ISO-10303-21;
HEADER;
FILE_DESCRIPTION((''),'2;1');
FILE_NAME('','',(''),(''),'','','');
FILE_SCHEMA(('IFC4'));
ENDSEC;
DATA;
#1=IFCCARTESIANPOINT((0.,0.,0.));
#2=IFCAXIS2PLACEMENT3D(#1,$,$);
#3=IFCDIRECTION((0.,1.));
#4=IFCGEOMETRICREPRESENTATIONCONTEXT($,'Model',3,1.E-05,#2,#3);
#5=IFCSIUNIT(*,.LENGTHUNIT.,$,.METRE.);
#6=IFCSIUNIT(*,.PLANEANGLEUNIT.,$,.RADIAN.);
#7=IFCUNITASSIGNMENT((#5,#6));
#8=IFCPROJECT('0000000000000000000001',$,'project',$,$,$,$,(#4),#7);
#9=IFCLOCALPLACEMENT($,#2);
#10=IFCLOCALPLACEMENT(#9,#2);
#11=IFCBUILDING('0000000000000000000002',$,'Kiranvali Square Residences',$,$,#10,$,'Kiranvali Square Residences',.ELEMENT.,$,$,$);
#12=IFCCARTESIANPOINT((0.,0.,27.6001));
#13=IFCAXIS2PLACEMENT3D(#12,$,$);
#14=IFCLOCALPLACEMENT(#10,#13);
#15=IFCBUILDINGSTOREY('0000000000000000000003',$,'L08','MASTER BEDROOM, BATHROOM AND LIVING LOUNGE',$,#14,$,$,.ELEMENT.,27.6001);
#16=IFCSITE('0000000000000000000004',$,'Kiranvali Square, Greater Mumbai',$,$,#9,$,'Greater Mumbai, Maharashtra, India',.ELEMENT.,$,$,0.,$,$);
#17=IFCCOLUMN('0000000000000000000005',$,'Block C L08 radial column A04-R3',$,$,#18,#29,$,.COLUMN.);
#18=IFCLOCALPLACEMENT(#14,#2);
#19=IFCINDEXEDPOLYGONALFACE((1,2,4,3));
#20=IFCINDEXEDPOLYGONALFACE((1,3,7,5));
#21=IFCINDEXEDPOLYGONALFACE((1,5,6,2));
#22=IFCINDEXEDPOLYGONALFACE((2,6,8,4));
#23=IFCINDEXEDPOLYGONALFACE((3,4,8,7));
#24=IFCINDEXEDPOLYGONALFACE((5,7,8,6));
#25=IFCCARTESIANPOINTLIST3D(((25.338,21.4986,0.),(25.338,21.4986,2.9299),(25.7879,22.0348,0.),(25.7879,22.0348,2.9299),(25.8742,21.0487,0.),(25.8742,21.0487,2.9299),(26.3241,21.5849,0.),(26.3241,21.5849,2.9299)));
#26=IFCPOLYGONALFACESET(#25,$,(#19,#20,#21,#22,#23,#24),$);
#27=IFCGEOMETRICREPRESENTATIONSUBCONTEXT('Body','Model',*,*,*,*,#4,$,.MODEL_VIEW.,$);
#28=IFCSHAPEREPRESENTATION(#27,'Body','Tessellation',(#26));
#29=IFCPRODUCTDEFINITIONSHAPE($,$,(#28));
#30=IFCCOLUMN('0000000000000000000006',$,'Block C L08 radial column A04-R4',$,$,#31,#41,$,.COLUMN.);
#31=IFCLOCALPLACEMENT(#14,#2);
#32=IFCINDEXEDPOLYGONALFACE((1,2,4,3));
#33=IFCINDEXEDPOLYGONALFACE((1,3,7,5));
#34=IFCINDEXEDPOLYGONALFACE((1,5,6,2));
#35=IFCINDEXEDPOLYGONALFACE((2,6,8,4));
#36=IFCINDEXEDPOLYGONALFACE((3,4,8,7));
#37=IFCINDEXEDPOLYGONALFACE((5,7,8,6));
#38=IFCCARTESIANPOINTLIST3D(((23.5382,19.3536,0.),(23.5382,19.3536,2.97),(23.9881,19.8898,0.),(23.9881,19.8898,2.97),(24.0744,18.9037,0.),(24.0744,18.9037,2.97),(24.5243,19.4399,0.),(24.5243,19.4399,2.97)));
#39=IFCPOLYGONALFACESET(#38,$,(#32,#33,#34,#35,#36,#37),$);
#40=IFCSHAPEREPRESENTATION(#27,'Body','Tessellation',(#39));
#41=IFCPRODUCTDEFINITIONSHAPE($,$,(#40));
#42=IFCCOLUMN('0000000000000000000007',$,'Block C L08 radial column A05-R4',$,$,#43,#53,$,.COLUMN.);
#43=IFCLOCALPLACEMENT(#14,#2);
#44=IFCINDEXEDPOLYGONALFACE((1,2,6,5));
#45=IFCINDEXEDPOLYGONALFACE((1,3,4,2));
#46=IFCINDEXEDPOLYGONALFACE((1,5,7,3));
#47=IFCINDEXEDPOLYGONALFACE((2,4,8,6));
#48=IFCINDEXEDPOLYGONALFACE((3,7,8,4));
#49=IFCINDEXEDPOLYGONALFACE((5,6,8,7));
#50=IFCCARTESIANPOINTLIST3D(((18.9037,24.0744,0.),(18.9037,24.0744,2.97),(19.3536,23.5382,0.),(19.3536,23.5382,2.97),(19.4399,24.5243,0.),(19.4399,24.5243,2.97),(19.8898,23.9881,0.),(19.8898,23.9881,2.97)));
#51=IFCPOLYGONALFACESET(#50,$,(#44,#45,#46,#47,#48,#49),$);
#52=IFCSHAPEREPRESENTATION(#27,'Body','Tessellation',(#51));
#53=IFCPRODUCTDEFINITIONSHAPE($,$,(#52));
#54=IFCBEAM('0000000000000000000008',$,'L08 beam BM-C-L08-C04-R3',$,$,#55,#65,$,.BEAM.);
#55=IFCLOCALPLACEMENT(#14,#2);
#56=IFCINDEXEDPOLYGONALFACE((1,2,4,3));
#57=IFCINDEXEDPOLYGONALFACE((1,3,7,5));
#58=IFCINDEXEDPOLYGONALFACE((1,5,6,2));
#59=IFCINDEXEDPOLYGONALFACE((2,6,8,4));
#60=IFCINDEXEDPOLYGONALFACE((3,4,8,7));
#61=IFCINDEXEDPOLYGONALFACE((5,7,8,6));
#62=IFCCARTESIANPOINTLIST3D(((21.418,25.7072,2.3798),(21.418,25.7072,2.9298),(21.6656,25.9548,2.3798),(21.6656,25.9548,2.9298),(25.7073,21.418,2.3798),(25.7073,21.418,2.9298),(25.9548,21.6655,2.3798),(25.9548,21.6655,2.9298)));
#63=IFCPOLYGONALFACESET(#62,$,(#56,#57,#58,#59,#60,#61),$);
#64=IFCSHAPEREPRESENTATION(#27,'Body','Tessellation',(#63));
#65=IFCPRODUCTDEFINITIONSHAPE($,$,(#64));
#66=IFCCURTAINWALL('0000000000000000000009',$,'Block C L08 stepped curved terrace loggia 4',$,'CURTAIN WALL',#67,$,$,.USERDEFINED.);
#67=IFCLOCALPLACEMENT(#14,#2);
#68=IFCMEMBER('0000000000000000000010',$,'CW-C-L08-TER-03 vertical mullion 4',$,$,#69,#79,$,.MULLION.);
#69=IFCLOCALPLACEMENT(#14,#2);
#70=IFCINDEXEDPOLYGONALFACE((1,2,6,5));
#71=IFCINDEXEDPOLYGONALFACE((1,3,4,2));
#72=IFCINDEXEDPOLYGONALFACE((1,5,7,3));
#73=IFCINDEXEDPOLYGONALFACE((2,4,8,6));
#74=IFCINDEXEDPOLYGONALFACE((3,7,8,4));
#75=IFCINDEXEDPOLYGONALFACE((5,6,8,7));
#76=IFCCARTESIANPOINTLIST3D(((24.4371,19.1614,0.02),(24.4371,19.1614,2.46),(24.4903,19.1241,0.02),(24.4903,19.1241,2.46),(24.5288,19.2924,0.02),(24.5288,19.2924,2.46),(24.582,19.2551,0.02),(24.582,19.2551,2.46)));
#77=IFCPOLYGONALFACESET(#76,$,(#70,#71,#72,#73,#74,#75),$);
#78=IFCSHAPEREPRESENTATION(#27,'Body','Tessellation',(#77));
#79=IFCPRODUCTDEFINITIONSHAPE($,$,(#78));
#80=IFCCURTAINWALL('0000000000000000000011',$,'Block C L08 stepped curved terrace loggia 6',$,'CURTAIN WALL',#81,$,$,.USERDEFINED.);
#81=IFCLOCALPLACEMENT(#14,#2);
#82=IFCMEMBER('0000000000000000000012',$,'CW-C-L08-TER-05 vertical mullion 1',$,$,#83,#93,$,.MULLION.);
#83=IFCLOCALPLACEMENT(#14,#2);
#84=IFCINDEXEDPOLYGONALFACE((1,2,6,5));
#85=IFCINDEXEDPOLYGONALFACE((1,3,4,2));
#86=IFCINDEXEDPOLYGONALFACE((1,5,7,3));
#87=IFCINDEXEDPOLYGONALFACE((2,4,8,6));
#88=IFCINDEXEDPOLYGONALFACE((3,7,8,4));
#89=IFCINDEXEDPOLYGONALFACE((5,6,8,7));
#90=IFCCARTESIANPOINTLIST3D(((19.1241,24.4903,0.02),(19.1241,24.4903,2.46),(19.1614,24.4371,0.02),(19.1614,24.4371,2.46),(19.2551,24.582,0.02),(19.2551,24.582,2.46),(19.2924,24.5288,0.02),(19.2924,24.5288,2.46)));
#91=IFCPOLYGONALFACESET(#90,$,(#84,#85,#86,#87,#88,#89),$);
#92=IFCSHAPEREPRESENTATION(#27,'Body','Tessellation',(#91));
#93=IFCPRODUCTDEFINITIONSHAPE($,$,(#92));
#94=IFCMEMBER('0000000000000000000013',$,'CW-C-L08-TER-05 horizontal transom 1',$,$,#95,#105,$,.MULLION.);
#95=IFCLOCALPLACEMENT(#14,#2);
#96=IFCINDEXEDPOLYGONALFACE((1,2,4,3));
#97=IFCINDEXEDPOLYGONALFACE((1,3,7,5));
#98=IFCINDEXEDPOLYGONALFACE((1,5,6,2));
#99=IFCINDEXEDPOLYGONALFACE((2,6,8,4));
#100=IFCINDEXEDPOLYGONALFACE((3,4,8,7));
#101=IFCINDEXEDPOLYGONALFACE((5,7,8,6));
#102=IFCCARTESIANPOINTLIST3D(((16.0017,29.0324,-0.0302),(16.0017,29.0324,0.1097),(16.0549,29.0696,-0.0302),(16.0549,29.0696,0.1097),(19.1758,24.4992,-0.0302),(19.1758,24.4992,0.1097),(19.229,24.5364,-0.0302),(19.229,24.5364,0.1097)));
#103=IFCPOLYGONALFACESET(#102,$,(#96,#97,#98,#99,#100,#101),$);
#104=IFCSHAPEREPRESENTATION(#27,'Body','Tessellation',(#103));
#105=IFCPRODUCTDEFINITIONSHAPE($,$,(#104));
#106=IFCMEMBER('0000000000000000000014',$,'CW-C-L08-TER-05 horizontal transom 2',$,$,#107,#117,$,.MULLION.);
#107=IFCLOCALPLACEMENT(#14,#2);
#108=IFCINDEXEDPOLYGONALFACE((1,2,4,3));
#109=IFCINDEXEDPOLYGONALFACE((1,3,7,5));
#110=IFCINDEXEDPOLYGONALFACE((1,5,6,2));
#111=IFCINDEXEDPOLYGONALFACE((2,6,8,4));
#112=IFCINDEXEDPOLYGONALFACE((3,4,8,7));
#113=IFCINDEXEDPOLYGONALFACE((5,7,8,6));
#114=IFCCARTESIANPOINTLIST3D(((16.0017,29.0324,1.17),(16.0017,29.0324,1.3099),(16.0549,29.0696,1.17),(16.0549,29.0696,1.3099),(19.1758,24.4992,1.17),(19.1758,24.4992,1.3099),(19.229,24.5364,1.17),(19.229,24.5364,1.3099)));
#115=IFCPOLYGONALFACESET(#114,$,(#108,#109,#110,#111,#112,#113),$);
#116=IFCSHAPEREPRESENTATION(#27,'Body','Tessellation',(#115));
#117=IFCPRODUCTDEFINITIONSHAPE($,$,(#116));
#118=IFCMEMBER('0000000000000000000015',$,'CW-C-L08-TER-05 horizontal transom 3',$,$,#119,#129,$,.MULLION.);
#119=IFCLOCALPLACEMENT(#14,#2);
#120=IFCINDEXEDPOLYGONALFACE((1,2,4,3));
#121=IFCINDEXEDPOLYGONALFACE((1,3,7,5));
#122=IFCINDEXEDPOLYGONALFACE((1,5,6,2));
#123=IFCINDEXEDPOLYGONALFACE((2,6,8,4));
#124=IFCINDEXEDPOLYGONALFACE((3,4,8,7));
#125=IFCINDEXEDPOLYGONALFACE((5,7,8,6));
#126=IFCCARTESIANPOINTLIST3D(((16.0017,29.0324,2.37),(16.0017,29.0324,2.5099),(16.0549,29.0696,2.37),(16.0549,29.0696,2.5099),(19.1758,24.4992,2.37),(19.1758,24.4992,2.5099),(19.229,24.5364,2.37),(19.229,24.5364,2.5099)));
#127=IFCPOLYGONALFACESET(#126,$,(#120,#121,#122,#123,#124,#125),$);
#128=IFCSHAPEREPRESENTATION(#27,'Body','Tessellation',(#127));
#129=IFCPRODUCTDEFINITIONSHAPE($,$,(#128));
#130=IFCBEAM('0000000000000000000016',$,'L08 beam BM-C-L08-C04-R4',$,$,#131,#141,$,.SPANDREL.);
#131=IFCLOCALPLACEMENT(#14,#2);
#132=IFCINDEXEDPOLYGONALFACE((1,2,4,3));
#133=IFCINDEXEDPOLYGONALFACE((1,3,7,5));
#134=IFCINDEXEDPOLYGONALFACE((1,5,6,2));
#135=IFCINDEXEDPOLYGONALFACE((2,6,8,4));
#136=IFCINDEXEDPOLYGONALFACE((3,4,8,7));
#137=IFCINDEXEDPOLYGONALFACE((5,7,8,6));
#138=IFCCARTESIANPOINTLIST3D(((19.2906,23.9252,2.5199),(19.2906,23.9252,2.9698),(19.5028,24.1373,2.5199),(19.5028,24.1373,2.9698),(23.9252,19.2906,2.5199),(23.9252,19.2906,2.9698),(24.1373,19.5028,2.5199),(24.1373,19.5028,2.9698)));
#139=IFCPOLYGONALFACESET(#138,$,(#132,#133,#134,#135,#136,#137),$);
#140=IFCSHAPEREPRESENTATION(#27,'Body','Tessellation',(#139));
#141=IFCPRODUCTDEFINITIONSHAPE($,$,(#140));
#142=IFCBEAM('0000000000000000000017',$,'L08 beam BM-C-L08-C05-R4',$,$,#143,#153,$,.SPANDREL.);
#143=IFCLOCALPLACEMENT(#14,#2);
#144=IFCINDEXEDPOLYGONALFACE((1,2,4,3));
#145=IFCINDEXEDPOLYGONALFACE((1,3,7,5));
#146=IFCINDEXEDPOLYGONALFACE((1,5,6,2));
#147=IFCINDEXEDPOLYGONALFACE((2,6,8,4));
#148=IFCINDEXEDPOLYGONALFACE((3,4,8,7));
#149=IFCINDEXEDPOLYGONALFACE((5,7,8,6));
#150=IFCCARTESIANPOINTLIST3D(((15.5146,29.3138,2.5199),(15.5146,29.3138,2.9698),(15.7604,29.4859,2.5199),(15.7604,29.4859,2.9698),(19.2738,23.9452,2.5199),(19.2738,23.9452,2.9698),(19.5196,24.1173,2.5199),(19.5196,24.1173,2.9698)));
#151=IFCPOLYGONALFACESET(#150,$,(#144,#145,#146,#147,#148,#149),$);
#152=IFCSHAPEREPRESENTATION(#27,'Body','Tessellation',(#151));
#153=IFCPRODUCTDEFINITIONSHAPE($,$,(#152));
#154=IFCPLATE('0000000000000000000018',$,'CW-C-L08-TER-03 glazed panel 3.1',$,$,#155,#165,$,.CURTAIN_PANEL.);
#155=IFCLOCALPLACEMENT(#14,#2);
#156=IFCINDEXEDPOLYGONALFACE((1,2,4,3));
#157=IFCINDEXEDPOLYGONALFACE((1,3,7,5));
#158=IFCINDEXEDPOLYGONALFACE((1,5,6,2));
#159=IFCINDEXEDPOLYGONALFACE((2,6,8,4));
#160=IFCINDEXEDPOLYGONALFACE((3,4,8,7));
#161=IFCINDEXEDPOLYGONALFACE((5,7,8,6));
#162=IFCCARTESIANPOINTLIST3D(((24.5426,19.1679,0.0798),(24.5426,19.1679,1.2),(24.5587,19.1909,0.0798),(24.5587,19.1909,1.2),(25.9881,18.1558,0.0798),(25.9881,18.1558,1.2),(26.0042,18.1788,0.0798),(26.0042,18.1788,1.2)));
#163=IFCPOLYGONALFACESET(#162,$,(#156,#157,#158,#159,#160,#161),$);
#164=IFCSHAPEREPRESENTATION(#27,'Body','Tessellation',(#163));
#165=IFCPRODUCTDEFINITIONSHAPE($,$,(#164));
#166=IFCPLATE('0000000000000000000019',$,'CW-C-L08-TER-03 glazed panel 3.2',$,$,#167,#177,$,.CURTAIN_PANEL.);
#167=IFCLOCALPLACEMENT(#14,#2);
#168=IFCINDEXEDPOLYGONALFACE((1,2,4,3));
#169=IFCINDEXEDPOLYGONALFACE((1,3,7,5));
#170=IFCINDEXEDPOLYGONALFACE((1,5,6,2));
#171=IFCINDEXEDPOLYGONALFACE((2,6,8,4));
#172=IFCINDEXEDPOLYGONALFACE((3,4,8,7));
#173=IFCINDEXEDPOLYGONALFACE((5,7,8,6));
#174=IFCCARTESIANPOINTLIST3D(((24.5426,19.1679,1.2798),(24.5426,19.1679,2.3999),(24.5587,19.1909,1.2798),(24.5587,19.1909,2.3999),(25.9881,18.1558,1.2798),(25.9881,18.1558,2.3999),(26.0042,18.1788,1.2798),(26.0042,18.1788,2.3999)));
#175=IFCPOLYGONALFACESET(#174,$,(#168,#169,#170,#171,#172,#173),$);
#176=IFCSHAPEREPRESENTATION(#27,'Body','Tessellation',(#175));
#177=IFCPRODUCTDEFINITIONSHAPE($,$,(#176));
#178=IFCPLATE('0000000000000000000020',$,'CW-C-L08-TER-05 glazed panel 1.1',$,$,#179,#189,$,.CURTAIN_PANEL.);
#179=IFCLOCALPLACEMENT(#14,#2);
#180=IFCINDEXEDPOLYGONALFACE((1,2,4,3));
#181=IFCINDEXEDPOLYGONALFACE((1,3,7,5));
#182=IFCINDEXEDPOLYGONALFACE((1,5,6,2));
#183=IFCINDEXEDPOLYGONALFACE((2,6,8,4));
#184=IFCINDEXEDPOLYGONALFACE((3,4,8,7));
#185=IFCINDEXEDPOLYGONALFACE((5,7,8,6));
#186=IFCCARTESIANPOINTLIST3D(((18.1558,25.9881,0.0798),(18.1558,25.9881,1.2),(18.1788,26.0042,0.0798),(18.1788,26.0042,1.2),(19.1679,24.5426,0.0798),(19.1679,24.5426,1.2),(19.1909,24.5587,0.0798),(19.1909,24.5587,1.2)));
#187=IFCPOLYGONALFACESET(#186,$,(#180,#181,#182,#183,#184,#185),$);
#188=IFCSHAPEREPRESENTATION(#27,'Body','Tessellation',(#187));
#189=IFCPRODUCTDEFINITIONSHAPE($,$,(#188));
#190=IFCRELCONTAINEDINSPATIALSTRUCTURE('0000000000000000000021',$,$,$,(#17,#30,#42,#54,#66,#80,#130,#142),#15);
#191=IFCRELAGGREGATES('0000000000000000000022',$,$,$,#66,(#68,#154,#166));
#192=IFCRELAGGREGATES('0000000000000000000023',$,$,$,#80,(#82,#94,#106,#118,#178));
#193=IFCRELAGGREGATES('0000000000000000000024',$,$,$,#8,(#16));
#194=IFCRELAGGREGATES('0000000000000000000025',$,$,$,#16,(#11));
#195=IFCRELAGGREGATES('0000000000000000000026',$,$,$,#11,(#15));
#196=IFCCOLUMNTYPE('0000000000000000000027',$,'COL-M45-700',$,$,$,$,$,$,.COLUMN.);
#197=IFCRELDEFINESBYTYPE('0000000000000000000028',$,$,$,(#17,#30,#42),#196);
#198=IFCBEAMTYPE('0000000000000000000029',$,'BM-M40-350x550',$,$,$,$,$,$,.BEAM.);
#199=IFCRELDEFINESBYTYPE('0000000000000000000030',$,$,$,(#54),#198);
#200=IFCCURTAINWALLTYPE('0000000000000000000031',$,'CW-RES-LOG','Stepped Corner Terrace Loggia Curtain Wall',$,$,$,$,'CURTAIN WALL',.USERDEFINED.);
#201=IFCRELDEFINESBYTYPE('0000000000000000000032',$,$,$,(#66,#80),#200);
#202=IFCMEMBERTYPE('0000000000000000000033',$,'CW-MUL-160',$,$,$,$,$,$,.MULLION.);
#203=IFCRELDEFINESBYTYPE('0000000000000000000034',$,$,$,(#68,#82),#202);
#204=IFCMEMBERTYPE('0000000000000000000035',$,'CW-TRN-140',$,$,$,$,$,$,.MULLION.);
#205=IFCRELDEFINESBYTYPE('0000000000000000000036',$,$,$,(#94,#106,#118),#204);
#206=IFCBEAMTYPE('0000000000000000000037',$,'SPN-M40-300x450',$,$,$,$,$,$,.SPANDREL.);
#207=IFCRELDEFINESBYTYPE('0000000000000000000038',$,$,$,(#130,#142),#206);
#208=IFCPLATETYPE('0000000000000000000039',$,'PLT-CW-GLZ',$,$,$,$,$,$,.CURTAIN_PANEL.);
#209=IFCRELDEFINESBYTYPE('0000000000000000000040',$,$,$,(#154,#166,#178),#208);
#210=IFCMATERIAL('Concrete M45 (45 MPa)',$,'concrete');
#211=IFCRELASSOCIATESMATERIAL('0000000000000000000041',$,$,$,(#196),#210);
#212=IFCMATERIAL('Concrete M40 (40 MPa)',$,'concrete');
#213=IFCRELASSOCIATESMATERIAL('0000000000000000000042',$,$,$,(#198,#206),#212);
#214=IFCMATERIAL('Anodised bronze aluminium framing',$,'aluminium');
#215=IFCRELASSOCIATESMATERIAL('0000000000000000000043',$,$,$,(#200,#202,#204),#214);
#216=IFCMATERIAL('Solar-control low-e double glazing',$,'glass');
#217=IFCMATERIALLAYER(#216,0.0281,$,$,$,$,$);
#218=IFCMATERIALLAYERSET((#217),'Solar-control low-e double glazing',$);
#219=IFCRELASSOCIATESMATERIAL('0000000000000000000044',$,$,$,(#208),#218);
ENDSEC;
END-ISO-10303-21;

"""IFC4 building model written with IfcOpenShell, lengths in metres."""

from ifc_helpers import new_model, si_unit, direction, frame, origin, origin_2d, place, context, subcontext, project, spatial, rectangle, extrude, material, layer, layer_set, material_profile, profile_set, type_object, element, aggregate, save


model = new_model("IFC4")

# Units and contexts
model_context = context("Model", 3, precision=1e-05, world=origin(), true_north=direction((0.0, 1.0)))
body_context = subcontext(model_context, "Body", "Model", "MODEL_VIEW")
ifc_project = project(units=[si_unit("LENGTHUNIT", "METRE"), si_unit("PLANEANGLEUNIT", "RADIAN")], contexts=[model_context])

# Site, building, storey
site_placement = place(None, origin())
site = spatial("IfcSite", under=ifc_project, at=site_placement, Name="Kiranvali Square, Greater Mumbai", LongName="Greater Mumbai, Maharashtra, India", CompositionType="ELEMENT", RefElevation=0.0)
building_placement = place(site_placement, origin())
building = spatial("IfcBuilding", under=site, at=building_placement, Name="Kiranvali Square Residences", LongName="Kiranvali Square Residences", CompositionType="ELEMENT")
storey_placement = place(building_placement, frame((0.0, 0.0, 27.6001)))
storey = spatial("IfcBuildingStorey", under=building, at=storey_placement, Name="L08", Description="MASTER BEDROOM, BATHROOM AND LIVING LOUNGE", CompositionType="ELEMENT", Elevation=27.6001)

# Columns
ifc_material_1 = material(Name="Concrete M45 (45 MPa)", Category="concrete")
ifc_material_profile_1 = material_profile(ifc_material_1, rectangle(XDim=0.7, YDim=0.7, at=origin_2d()), Name="RC 700x700")
ifc_profile_set_1 = profile_set([ifc_material_profile_1], Name="Concrete M45 (45 MPa)")
column_type = type_object("IfcColumnType", Name="COL-M45-700", PredefinedType="COLUMN", material=ifc_profile_set_1)
column_placement = place(storey_placement, frame((25.8311, 21.5417, 0.0), z_axis=(0.0, 0.0, 1.0), x_axis=(-0.766044, 0.642788, 0.0)))
element("IfcColumn", 1, at=column_placement, inside=storey, type_object=column_type, Name="Block C L08 radial column A04-R3", PredefinedType="COLUMN", context=body_context, shape_type="SweptSolid", body=[
    extrude(rectangle(XDim=0.7, YDim=0.7, at=origin_2d()), origin(), (0.0, 0.0, 1.0), 2.9299),
])
for number, where, z_axis, x_axis, name in (
    (2, (24.0312, 19.3967, 0.0), (0.0, 0.0, 1.0), (-0.766044, 0.642788, 0.0), "Block C L08 radial column A04-R4"),
    (3, (19.3967, 24.0312, 0.0), (0.0, 0.0, 1.0), (-0.642788, 0.766044, 0.0), "Block C L08 radial column A05-R4"),
):
    element("IfcColumn", number, at=place(storey_placement, frame(where, z_axis=z_axis, x_axis=x_axis)), inside=storey, type_object=column_type, Name=name, PredefinedType="COLUMN", context=body_context, shape_type="SweptSolid", body=[
        extrude(rectangle(XDim=0.7, YDim=0.7, at=origin_2d()), origin(), (0.0, 0.0, 1.0), 2.97),
    ])

# Beam
ifc_material_2 = material(Name="Concrete M40 (40 MPa)", Category="concrete")
ifc_material_profile_2 = material_profile(ifc_material_2, rectangle(XDim=0.3501, YDim=0.55, at=origin_2d()), Name="RC 350x550")
ifc_profile_set_2 = profile_set([ifc_material_profile_2], Name="Concrete M40 (40 MPa)")
beam_type_1 = type_object("IfcBeamType", Name="BM-M40-350x550", PredefinedType="BEAM", material=ifc_profile_set_2)
beam_1_placement = place(storey_placement, frame((25.8311, 21.5417, 2.6548), z_axis=(-0.707107, 0.707107, 0.0), x_axis=(-0.707107, -0.707107, 0.0)))
element("IfcBeam", 4, at=beam_1_placement, inside=storey, type_object=beam_type_1, Name="L08 beam BM-C-L08-C04-R3", PredefinedType="BEAM", context=body_context, shape_type="SweptSolid", body=[
    extrude(rectangle(XDim=0.3501, YDim=0.55, at=origin_2d()), origin(), (0.0, 0.0, 1.0), 6.0659),
])

# Curtain wall, member
ifc_material_3 = material(Name="Anodised bronze aluminium framing", Category="aluminium")
curtain_wall_type = type_object("IfcCurtainWallType", Name="CW-RES-LOG", Description="Stepped Corner Terrace Loggia Curtain Wall", ElementType="CURTAIN WALL", PredefinedType="USERDEFINED", material=ifc_material_3)
curtain_wall_1_placement = place(storey_placement, origin())
curtain_wall_1 = element("IfcCurtainWall", 5, at=curtain_wall_1_placement, inside=storey, type_object=curtain_wall_type, Name="Block C L08 stepped curved terrace loggia 4", ObjectType="CURTAIN WALL", PredefinedType="USERDEFINED")
ifc_material_profile_3 = material_profile(ifc_material_3, rectangle(XDim=0.0649, YDim=0.1599, at=origin_2d()), Name="ALU 65x160")
ifc_profile_set_3 = profile_set([ifc_material_profile_3], Name="Anodised bronze aluminium framing")
member_type_1 = type_object("IfcMemberType", Name="CW-MUL-160", PredefinedType="MULLION", material=ifc_profile_set_3)
member_1_placement = place(storey_placement, frame((24.5095, 19.2083, 0.02), z_axis=(0.0, 0.0, 1.0), x_axis=(-0.819152, 0.573576, 0.0)))
member_1 = element("IfcMember", 6, at=member_1_placement, type_object=member_type_1, Name="CW-C-L08-TER-03 vertical mullion 4", PredefinedType="MULLION", context=body_context, shape_type="SweptSolid", body=[
    extrude(rectangle(XDim=0.0649, YDim=0.1599, at=origin_2d()), origin(), (0.0, 0.0, 1.0), 2.4399),
])

# Curtain wall, members
curtain_wall_2_placement = place(storey_placement, origin())
curtain_wall_2 = element("IfcCurtainWall", 7, at=curtain_wall_2_placement, inside=storey, type_object=curtain_wall_type, Name="Block C L08 stepped curved terrace loggia 6", ObjectType="CURTAIN WALL", PredefinedType="USERDEFINED")
member_2_placement = place(storey_placement, frame((19.2083, 24.5095, 0.02), z_axis=(0.0, 0.0, 1.0), x_axis=(-0.573576, 0.819152, 0.0)))
member_2 = element("IfcMember", 8, at=member_2_placement, type_object=member_type_1, Name="CW-C-L08-TER-05 vertical mullion 1", PredefinedType="MULLION", context=body_context, shape_type="SweptSolid", body=[
    extrude(rectangle(XDim=0.0649, YDim=0.1599, at=origin_2d()), origin(), (0.0, 0.0, 1.0), 2.4399),
])
ifc_material_profile_4 = material_profile(ifc_material_3, rectangle(XDim=0.0649, YDim=0.1399, at=origin_2d()), Name="ALU 65x140")
ifc_profile_set_4 = profile_set([ifc_material_profile_4], Name="Anodised bronze aluminium framing")
member_type_2 = type_object("IfcMemberType", Name="CW-TRN-140", PredefinedType="MULLION", material=ifc_profile_set_4)
member_3_placement = place(storey_placement, frame((19.2024, 24.5178, 0.0398), z_axis=(-0.573563, 0.819161, 0.0), x_axis=(-0.819161, -0.573563, 0.0)))
member_3 = element("IfcMember", 9, at=member_3_placement, type_object=member_type_2, Name="CW-C-L08-TER-05 horizontal transom 1", PredefinedType="MULLION", context=body_context, shape_type="SweptSolid", body=[
    extrude(rectangle(XDim=0.0649, YDim=0.1399, at=origin_2d()), origin(), (0.0, 0.0, 1.0), 5.5339),
])
member_4_placement = place(storey_placement, frame((19.2024, 24.5178, 1.24), z_axis=(-0.573563, 0.819161, 0.0), x_axis=(-0.819161, -0.573563, 0.0)))
member_4 = element("IfcMember", 10, at=member_4_placement, type_object=member_type_2, Name="CW-C-L08-TER-05 horizontal transom 2", PredefinedType="MULLION", context=body_context, shape_type="SweptSolid", body=[
    extrude(rectangle(XDim=0.0649, YDim=0.1399, at=origin_2d()), origin(), (0.0, 0.0, 1.0), 5.5339),
])
member_5_placement = place(storey_placement, frame((19.2024, 24.5178, 2.4399), z_axis=(-0.573563, 0.819161, 0.0), x_axis=(-0.819161, -0.573563, 0.0)))
member_5 = element("IfcMember", 11, at=member_5_placement, type_object=member_type_2, Name="CW-C-L08-TER-05 horizontal transom 3", PredefinedType="MULLION", context=body_context, shape_type="SweptSolid", body=[
    extrude(rectangle(XDim=0.0649, YDim=0.1399, at=origin_2d()), origin(), (0.0, 0.0, 1.0), 5.5339),
])

# Beams
ifc_material_profile_5 = material_profile(ifc_material_2, rectangle(XDim=0.3, YDim=0.45, at=origin_2d()), Name="RC 300x450")
ifc_profile_set_5 = profile_set([ifc_material_profile_5], Name="Concrete M40 (40 MPa)")
beam_type_2 = type_object("IfcBeamType", Name="SPN-M40-300x450", PredefinedType="SPANDREL", material=ifc_profile_set_5)
beam_2_placement = place(storey_placement, frame((24.0312, 19.3967, 2.7449), z_axis=(-0.707107, 0.707107, 0.0), x_axis=(-0.707107, -0.707107, 0.0)))
element("IfcBeam", 12, at=beam_2_placement, inside=storey, type_object=beam_type_2, Name="L08 beam BM-C-L08-C04-R4", PredefinedType="SPANDREL", context=body_context, shape_type="SweptSolid", body=[
    extrude(rectangle(XDim=0.3, YDim=0.45, at=origin_2d()), origin(), (0.0, 0.0, 1.0), 6.5542),
])
beam_3_placement = place(storey_placement, frame((19.3967, 24.0312, 2.7449), z_axis=(-0.573587, 0.819144, 0.0), x_axis=(-0.819144, -0.573587, 0.0)))
element("IfcBeam", 13, at=beam_3_placement, inside=storey, type_object=beam_type_2, Name="L08 beam BM-C-L08-C05-R4", PredefinedType="SPANDREL", context=body_context, shape_type="SweptSolid", body=[
    extrude(rectangle(XDim=0.3, YDim=0.45, at=origin_2d()), origin(), (0.0, 0.0, 1.0), 6.554),
])

# Plates
ifc_material_4 = material(Name="Solar-control low-e double glazing", Category="glass")
ifc_layer_1 = layer(ifc_material_4, 0.0281)
ifc_layer_set_1 = layer_set([ifc_layer_1], Name="Solar-control low-e double glazing")
plate_type = type_object("IfcPlateType", Name="PLT-CW-GLZ", PredefinedType="CURTAIN_PANEL", material=ifc_layer_set_1)
plate_1_placement = place(storey_placement, frame((25.2734, 18.6733, 0.0798), z_axis=(0.0, 0.0, 1.0), x_axis=(-0.819152, 0.573576, 0.0)))
plate_1 = element("IfcPlate", 14, at=plate_1_placement, type_object=plate_type, Name="CW-C-L08-TER-03 glazed panel 3.1", PredefinedType="CURTAIN_PANEL", context=body_context, shape_type="SweptSolid", body=[
    extrude(rectangle(XDim=1.7646, YDim=0.0281, at=origin_2d()), origin(), (0.0, 0.0, 1.0), 1.1201),
])
plate_2_placement = place(storey_placement, frame((25.2734, 18.6733, 1.2798), z_axis=(0.0, 0.0, 1.0), x_axis=(-0.819152, 0.573576, 0.0)))
plate_2 = element("IfcPlate", 15, at=plate_2_placement, type_object=plate_type, Name="CW-C-L08-TER-03 glazed panel 3.2", PredefinedType="CURTAIN_PANEL", context=body_context, shape_type="SweptSolid", body=[
    extrude(rectangle(XDim=1.7646, YDim=0.0281, at=origin_2d()), origin(), (0.0, 0.0, 1.0), 1.1201),
])
aggregate(curtain_wall_1, [member_1, plate_1, plate_2])
plate_3_placement = place(storey_placement, frame((18.6733, 25.2734, 0.0798), z_axis=(0.0, 0.0, 1.0), x_axis=(-0.573576, 0.819152, 0.0)))
plate_3 = element("IfcPlate", 16, at=plate_3_placement, type_object=plate_type, Name="CW-C-L08-TER-05 glazed panel 1.1", PredefinedType="CURTAIN_PANEL", context=body_context, shape_type="SweptSolid", body=[
    extrude(rectangle(XDim=1.7646, YDim=0.0281, at=origin_2d()), origin(), (0.0, 0.0, 1.0), 1.1201),
])
aggregate(curtain_wall_2, [member_2, member_3, member_4, member_5, plate_3])

save(model, "model.ifc")
